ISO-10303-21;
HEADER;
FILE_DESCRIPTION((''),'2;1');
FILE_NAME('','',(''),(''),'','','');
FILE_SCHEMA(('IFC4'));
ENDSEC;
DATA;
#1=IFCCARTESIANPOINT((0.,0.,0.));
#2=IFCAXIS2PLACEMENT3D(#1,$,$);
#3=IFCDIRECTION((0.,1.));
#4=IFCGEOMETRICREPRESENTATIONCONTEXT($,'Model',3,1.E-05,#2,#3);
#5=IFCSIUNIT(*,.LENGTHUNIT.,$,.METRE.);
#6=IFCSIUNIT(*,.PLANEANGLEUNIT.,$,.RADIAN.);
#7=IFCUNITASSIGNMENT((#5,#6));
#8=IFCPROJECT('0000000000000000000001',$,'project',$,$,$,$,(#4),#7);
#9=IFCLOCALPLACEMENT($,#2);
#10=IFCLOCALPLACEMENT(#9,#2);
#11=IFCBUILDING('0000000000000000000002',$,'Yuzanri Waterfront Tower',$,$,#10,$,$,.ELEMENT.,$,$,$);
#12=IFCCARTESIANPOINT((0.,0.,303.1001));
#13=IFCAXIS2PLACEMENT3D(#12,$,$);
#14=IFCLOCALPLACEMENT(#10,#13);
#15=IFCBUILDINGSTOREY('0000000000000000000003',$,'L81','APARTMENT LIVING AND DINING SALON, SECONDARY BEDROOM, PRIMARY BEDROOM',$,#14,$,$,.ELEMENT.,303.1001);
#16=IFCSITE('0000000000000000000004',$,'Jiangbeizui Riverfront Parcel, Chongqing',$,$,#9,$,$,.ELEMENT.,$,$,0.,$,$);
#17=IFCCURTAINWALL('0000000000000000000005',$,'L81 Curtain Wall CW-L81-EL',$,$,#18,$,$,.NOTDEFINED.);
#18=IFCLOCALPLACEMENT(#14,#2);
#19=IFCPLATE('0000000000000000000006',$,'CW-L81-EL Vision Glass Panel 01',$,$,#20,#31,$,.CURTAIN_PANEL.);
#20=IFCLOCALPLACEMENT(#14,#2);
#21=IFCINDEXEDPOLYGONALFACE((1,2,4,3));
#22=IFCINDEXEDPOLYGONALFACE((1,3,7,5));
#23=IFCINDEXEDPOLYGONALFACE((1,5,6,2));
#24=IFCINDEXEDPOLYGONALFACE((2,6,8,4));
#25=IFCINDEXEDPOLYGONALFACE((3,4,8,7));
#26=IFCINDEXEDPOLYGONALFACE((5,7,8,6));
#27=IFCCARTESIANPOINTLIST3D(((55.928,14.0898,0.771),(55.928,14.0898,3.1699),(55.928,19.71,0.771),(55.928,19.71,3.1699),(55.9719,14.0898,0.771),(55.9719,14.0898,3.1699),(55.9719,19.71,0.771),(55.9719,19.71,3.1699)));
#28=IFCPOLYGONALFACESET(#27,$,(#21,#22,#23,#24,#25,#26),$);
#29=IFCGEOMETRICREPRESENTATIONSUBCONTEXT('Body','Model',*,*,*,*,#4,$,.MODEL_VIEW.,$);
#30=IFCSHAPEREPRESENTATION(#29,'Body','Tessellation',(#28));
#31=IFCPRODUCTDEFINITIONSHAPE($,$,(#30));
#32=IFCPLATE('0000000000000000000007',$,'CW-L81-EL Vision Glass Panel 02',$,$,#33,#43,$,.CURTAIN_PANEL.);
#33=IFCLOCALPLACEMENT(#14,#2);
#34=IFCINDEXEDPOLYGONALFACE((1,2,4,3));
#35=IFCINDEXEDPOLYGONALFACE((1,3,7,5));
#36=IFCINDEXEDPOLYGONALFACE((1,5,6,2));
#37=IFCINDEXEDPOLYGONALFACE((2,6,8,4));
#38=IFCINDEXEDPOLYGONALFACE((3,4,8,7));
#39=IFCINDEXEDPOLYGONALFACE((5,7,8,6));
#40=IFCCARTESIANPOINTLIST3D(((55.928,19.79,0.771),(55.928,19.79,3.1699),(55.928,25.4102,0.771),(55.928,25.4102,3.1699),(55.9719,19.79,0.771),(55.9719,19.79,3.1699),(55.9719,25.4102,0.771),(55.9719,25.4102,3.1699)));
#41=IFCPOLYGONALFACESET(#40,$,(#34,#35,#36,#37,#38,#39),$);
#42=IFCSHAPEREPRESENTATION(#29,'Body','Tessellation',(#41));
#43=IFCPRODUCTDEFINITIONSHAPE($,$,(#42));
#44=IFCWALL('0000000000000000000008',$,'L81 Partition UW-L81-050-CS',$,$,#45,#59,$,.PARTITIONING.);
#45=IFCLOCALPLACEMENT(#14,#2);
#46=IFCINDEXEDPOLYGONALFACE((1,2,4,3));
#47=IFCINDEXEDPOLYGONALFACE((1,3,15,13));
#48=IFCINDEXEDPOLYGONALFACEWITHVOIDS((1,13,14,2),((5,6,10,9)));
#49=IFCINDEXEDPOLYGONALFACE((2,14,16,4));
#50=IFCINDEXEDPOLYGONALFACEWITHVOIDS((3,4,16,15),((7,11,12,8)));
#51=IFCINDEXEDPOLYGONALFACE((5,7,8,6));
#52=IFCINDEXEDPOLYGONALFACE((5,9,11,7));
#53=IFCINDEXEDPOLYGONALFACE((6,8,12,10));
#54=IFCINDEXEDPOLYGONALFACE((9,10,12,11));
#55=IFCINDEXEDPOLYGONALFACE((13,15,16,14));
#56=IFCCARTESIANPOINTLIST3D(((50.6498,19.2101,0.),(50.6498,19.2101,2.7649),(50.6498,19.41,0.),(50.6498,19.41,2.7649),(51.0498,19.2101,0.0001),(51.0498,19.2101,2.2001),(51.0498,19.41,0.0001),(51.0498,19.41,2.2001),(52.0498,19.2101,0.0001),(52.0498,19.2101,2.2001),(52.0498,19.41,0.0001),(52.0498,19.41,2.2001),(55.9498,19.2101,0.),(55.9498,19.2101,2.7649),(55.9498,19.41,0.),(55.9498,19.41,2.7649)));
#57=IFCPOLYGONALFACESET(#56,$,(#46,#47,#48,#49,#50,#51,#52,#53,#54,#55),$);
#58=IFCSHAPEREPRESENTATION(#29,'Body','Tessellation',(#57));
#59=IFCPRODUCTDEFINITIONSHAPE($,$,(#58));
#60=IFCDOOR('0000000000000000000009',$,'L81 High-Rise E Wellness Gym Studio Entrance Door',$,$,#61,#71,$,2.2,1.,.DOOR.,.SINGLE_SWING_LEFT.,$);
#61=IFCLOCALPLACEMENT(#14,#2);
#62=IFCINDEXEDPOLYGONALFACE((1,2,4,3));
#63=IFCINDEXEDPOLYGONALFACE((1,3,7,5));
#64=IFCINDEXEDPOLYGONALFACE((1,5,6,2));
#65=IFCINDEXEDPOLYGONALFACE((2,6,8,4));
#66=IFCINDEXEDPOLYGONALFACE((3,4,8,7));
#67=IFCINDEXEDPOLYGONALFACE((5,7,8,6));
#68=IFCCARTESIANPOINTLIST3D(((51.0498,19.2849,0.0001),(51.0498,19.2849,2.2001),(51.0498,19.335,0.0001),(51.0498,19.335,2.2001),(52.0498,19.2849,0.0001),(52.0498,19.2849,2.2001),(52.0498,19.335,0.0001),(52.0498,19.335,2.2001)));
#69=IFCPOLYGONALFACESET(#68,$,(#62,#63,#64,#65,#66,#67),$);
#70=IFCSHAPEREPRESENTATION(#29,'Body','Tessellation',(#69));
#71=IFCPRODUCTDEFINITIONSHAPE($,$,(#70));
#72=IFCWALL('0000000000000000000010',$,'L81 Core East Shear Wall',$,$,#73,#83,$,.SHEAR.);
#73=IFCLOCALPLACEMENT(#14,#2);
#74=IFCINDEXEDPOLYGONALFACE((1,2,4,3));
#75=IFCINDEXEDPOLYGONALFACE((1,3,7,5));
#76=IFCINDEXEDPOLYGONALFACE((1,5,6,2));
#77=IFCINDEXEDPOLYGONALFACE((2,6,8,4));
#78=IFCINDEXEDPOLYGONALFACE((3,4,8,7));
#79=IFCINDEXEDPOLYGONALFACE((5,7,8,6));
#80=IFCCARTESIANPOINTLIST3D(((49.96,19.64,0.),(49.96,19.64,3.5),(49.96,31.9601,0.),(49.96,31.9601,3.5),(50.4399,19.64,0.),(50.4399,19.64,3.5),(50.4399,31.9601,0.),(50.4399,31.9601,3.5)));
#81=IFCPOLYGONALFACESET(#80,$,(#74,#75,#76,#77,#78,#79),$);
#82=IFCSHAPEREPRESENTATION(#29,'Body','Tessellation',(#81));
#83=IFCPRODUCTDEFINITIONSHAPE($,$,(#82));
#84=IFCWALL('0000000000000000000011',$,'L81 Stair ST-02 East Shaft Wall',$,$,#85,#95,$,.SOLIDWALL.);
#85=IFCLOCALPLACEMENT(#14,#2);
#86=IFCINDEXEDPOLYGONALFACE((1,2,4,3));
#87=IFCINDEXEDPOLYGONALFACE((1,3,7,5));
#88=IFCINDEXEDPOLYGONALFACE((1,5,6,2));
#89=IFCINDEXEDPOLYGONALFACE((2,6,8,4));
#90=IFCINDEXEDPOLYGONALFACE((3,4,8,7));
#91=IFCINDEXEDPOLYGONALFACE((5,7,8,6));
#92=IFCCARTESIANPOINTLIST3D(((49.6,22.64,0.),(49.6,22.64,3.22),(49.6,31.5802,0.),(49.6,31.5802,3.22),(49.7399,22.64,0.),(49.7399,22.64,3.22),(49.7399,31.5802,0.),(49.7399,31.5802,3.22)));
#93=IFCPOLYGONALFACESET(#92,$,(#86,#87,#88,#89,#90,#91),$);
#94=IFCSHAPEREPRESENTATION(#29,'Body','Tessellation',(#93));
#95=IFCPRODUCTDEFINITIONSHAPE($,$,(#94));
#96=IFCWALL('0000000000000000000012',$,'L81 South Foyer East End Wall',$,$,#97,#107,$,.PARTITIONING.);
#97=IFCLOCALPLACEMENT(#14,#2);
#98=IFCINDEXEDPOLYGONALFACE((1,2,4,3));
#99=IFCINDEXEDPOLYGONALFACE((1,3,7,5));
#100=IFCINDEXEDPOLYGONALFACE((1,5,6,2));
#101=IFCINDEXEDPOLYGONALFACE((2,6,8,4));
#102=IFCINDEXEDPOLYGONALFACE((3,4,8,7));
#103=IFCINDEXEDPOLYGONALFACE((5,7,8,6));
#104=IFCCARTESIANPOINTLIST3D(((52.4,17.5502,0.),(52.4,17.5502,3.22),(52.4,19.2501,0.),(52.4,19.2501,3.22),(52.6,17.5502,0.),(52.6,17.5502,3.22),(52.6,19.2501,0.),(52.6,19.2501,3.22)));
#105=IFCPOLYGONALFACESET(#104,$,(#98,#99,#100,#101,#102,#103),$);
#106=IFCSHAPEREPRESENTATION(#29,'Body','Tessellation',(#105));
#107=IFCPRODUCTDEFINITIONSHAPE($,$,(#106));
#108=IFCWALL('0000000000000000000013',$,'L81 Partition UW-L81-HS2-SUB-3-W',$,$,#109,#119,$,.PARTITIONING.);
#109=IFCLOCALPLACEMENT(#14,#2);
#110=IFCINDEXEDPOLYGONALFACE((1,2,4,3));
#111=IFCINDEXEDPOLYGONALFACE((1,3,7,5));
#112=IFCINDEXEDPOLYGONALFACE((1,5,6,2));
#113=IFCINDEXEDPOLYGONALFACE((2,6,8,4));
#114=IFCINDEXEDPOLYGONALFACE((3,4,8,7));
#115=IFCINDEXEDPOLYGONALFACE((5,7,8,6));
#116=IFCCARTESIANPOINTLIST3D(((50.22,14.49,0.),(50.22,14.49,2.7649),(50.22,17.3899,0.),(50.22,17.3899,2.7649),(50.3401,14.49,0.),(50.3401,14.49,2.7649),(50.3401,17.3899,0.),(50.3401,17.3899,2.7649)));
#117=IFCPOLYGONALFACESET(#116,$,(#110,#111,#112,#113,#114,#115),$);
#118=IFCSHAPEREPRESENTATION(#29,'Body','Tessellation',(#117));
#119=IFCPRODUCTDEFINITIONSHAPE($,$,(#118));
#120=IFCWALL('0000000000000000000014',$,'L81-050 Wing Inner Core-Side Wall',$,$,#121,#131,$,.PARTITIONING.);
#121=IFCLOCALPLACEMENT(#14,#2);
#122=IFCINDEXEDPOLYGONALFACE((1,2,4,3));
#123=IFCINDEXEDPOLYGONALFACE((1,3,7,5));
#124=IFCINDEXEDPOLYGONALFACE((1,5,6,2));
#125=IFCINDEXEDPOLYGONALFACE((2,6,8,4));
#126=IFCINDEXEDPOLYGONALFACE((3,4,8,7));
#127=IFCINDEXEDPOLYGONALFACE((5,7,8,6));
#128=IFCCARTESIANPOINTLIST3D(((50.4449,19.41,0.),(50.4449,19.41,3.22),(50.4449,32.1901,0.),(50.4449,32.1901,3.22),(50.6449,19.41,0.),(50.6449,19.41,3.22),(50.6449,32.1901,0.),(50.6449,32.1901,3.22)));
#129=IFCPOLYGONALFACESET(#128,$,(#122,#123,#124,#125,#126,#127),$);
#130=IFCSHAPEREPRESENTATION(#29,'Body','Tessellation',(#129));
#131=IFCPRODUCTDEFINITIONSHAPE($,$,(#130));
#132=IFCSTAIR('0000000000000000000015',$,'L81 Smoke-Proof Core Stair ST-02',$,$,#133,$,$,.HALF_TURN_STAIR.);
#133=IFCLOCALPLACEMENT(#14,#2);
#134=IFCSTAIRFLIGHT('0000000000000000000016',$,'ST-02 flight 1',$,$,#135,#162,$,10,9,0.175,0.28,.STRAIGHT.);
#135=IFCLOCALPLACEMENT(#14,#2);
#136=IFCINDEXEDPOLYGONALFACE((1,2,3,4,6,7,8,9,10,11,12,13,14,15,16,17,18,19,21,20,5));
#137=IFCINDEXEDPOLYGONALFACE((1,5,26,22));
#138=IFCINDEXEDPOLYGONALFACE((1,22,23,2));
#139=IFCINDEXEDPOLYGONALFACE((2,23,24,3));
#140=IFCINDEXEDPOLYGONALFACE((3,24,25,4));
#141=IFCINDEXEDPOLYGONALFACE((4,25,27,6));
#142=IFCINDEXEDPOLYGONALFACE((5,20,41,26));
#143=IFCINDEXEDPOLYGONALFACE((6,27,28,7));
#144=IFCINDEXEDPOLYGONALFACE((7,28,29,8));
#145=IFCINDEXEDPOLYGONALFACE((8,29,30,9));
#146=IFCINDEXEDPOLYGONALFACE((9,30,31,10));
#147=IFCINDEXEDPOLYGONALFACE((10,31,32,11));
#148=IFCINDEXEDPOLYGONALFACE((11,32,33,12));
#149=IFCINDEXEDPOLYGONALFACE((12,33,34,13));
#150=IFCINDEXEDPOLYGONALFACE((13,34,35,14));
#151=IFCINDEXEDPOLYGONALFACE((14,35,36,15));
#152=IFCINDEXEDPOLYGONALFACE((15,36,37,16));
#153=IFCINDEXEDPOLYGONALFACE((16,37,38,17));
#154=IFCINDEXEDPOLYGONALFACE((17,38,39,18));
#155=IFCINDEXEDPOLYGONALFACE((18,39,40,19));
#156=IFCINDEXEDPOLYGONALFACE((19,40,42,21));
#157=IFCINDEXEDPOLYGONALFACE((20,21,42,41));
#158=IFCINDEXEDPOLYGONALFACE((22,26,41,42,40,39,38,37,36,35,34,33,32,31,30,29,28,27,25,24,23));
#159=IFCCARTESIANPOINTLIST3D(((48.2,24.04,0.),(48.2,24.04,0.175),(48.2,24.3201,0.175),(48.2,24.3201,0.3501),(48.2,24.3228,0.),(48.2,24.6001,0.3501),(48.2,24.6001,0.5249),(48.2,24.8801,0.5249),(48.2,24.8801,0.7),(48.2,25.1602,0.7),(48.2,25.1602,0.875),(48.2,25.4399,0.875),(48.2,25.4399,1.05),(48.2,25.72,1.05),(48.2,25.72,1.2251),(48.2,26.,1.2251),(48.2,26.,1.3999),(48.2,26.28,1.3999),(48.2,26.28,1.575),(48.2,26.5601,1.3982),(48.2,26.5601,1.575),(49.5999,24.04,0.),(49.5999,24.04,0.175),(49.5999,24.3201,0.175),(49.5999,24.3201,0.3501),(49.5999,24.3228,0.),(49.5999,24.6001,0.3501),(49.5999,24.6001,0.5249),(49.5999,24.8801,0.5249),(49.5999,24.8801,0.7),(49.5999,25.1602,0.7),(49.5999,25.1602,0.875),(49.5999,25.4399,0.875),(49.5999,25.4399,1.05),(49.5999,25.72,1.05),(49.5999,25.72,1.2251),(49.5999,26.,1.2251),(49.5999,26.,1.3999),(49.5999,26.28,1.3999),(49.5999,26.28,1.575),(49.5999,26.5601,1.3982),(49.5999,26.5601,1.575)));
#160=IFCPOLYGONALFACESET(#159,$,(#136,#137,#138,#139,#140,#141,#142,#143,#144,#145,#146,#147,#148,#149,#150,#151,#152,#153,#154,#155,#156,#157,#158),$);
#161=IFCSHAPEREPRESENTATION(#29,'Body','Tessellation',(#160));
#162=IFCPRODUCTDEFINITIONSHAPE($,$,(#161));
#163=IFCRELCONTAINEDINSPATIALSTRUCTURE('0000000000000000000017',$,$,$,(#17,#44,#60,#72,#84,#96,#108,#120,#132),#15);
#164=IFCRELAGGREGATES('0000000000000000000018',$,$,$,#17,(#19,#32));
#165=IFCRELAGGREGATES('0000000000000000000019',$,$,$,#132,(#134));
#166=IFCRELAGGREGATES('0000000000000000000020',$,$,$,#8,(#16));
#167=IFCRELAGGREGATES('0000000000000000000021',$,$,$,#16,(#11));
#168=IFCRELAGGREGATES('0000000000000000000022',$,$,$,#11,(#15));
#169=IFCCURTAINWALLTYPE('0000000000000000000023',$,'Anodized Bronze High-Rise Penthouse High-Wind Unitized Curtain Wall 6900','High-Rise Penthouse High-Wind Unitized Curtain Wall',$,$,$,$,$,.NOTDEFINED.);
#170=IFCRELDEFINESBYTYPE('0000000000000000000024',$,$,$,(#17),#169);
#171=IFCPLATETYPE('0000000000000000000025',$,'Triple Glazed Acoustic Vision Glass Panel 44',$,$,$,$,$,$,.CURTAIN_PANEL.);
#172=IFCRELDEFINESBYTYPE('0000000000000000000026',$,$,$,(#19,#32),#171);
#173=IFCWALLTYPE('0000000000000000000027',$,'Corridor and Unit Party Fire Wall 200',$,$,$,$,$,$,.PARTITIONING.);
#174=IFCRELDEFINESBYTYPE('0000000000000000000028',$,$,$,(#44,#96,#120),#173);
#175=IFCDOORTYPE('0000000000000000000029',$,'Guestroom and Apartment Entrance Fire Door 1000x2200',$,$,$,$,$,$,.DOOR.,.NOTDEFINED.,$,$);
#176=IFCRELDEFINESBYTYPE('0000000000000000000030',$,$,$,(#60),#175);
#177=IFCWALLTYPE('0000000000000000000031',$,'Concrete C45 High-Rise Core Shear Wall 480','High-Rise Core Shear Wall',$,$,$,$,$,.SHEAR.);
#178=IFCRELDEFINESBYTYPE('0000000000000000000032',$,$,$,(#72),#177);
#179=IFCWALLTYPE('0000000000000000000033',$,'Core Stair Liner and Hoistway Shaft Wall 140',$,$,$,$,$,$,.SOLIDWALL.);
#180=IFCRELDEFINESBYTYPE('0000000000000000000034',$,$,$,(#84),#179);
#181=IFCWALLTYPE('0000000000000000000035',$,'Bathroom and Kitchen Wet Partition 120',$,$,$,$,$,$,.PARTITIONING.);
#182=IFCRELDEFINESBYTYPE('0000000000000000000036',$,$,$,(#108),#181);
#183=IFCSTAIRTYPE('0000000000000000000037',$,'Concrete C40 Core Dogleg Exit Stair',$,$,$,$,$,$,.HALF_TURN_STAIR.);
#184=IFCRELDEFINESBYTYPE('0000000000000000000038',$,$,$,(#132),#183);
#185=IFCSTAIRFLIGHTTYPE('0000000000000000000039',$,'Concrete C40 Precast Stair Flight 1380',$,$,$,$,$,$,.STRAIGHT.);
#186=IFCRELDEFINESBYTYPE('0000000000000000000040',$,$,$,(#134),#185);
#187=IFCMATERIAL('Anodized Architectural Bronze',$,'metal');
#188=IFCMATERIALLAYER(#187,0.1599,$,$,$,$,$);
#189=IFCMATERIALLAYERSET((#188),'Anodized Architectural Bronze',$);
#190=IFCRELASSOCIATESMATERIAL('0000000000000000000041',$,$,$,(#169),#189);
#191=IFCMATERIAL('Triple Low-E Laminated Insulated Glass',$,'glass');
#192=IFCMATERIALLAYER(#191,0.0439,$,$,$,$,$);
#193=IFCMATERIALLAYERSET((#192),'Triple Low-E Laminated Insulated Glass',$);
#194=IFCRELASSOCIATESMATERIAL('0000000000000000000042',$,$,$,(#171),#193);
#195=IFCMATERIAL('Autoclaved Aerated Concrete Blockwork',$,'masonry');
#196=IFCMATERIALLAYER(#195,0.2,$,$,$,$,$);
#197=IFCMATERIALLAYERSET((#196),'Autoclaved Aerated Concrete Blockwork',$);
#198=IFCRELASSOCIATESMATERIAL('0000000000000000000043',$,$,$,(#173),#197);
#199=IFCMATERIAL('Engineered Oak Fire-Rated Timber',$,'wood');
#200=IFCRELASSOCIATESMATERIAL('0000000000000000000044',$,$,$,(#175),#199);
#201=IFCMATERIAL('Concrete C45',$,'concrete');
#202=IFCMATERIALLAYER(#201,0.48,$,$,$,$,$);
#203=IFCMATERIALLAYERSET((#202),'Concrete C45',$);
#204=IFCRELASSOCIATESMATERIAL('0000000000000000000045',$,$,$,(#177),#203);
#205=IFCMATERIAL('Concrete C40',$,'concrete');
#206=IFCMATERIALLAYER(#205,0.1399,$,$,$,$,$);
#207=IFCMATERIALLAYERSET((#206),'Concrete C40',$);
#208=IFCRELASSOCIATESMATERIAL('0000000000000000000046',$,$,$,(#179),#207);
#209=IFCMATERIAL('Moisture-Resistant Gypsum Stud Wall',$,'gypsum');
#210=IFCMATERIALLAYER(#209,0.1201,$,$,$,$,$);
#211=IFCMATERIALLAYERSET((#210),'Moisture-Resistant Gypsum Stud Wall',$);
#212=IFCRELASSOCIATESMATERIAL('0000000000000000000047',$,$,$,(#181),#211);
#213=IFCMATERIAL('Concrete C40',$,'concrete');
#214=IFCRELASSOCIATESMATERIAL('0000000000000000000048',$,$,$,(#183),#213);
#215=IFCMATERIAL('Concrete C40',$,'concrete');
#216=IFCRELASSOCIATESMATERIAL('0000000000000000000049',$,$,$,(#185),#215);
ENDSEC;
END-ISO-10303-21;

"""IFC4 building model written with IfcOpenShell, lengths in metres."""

from ifc_helpers import new_model, si_unit, direction, frame, frame_2d, origin, origin_2d, place, context, subcontext, project, spatial, polyline, rectangle, outline, extrude, source, transform, mapped, material, layer, layer_set, type_object, element, fill, aggregate, save


model = new_model("IFC4")

# Units and contexts
model_context = context("Model", 3, precision=1e-05, world=origin(), true_north=direction((0.0, 1.0)))
body_context = subcontext(model_context, "Body", "Model", "MODEL_VIEW")
ifc_project = project(units=[si_unit("LENGTHUNIT", "METRE"), si_unit("PLANEANGLEUNIT", "RADIAN")], contexts=[model_context])

# Site, building, storey
site_placement = place(None, origin())
site = spatial("IfcSite", under=ifc_project, at=site_placement, Name="Jiangbeizui Riverfront Parcel, Chongqing", CompositionType="ELEMENT", RefElevation=0.0)
building_placement = place(site_placement, origin())
building = spatial("IfcBuilding", under=site, at=building_placement, Name="Yuzanri Waterfront Tower", CompositionType="ELEMENT")
storey_placement = place(building_placement, frame((0.0, 0.0, 303.1001)))
storey = spatial("IfcBuildingStorey", under=building, at=storey_placement, Name="L81", Description="APARTMENT LIVING AND DINING SALON, SECONDARY BEDROOM, PRIMARY BEDROOM", CompositionType="ELEMENT", Elevation=303.1001)

# Curtain wall, plates
ifc_material_1 = material(Name="Anodized Architectural Bronze", Category="metal")
ifc_layer_1 = layer(ifc_material_1, 0.1599)
ifc_layer_set_1 = layer_set([ifc_layer_1], Name="Anodized Architectural Bronze")
curtain_wall_type = type_object("IfcCurtainWallType", Name="Anodized Bronze High-Rise Penthouse High-Wind Unitized Curtain Wall 6900", Description="High-Rise Penthouse High-Wind Unitized Curtain Wall", PredefinedType="NOTDEFINED", material=ifc_layer_set_1)
curtain_wall_placement = place(storey_placement, origin())
curtain_wall = element("IfcCurtainWall", 1, at=curtain_wall_placement, inside=storey, type_object=curtain_wall_type, Name="L81 Curtain Wall CW-L81-EL", PredefinedType="NOTDEFINED")
ifc_material_2 = material(Name="Triple Low-E Laminated Insulated Glass", Category="glass")
ifc_layer_2 = layer(ifc_material_2, 0.0439)
ifc_layer_set_2 = layer_set([ifc_layer_2], Name="Triple Low-E Laminated Insulated Glass")
plate_type_1 = type_object("IfcPlateType", Name="Triple Glazed Acoustic Vision Glass Panel 44", PredefinedType="CURTAIN_PANEL", material=ifc_layer_set_2)
shared_shape_1 = source(origin(), body_context, "Body", "SweptSolid", [
    extrude(rectangle(XDim=5.6201, YDim=0.0439, at=origin_2d()), origin(), (0.0, 0.0, 1.0), 2.3989),
])
plate_1_placement = place(storey_placement, frame((55.95, 16.8999, 0.771), z_axis=(0.0, 0.0, 1.0), x_axis=(0.0, 1.0, 0.0)))
plate_1 = element("IfcPlate", 2, at=plate_1_placement, type_object=plate_type_1, Name="CW-L81-EL Vision Glass Panel 01", PredefinedType="CURTAIN_PANEL", context=body_context, shape_type="MappedRepresentation", body=[
    mapped(shared_shape_1, transform((0.0, 0.0, 0.0), scale=1.0)),
])
plate_2_placement = place(storey_placement, frame((55.95, 22.6001, 0.771), z_axis=(0.0, 0.0, 1.0), x_axis=(0.0, 1.0, 0.0)))
plate_2 = element("IfcPlate", 3, at=plate_2_placement, type_object=plate_type_1, Name="CW-L81-EL Vision Glass Panel 02", PredefinedType="CURTAIN_PANEL", context=body_context, shape_type="MappedRepresentation", body=[
    mapped(shared_shape_1, transform((0.0, 0.0, 0.0), scale=1.0)),
])
aggregate(curtain_wall, [plate_1, plate_2])

# Wall, opening, door
ifc_material_3 = material(Name="Autoclaved Aerated Concrete Blockwork", Category="masonry")
ifc_layer_3 = layer(ifc_material_3, 0.2)
ifc_layer_set_3 = layer_set([ifc_layer_3], Name="Autoclaved Aerated Concrete Blockwork")
wall_type_1 = type_object("IfcWallType", Name="Corridor and Unit Party Fire Wall 200", PredefinedType="PARTITIONING", material=ifc_layer_set_3)
wall_1_placement = place(storey_placement, frame((50.6499, 19.3101, 0.0), z_axis=(0.0, 0.0, 1.0), x_axis=(1.0, 0.0, 0.0)))
wall_1 = element("IfcWall", 4, at=wall_1_placement, inside=storey, type_object=wall_type_1, Name="L81 Partition UW-L81-050-CS", PredefinedType="PARTITIONING", context=body_context, shape_type="SweptSolid", body=[
    extrude(rectangle(XDim=5.3, YDim=0.2, at=frame_2d((2.6499, 0.0))), origin(), (0.0, 0.0, 1.0), 2.7649),
])
opening_placement = place(wall_1_placement, frame((0.3999, 0.0, 0.0)))
opening = element("IfcOpeningElement", 5, at=opening_placement, cuts=wall_1, PredefinedType="OPENING", context=body_context, shape_type="SweptSolid", body=[
    extrude(rectangle(XDim=1.0, YDim=2.2, at=frame_2d((0.5, 1.1001))), frame((0.0, 0.1147, 0.0), z_axis=(0.0, -1.0, 0.0), x_axis=(1.0, 0.0, 0.0)), (0.0, 0.0, 1.0), 0.2297),
])
ifc_material_4 = material(Name="Engineered Oak Fire-Rated Timber", Category="wood")
door_type = type_object("IfcDoorType", Name="Guestroom and Apartment Entrance Fire Door 1000x2200", OperationType="NOTDEFINED", PredefinedType="DOOR", material=ifc_material_4)
shared_shape_2 = source(origin(), body_context, "Body", "SweptSolid", [
    extrude(rectangle(XDim=1.0, YDim=2.2, at=frame_2d((0.5, 1.1001))), frame((0.0, 0.0249, 0.0), z_axis=(0.0, -1.0, 0.0), x_axis=(1.0, 0.0, 0.0)), (0.0, 0.0, 1.0), 0.05),
])
door_placement = place(opening_placement, origin())
door = element("IfcDoor", 6, at=door_placement, inside=storey, type_object=door_type, Name="L81 High-Rise E Wellness Gym Studio Entrance Door", OperationType="SINGLE_SWING_LEFT", OverallHeight=2.2, OverallWidth=1.0, PredefinedType="DOOR", context=body_context, shape_type="MappedRepresentation", body=[
    mapped(shared_shape_2, transform((0.0, 0.0, 0.0), scale=1.0)),
])
fill(opening, door)

# Walls
ifc_material_5 = material(Name="Concrete C45", Category="concrete")
ifc_layer_4 = layer(ifc_material_5, 0.48)
ifc_layer_set_4 = layer_set([ifc_layer_4], Name="Concrete C45")
wall_type_2 = type_object("IfcWallType", Name="Concrete C45 High-Rise Core Shear Wall 480", Description="High-Rise Core Shear Wall", PredefinedType="SHEAR", material=ifc_layer_set_4)
shared_shape_3 = source(origin(), body_context, "Body", "SweptSolid", [
    extrude(rectangle(XDim=12.3201, YDim=0.48, at=frame_2d((6.1602, 0.0))), origin(), (0.0, 0.0, 1.0), 3.5),
])
wall_2_placement = place(storey_placement, frame((50.2, 19.6399, 0.0), z_axis=(0.0, 0.0, 1.0), x_axis=(0.0, 1.0, 0.0)))
element("IfcWall", 7, at=wall_2_placement, inside=storey, type_object=wall_type_2, Name="L81 Core East Shear Wall", PredefinedType="SHEAR", context=body_context, shape_type="MappedRepresentation", body=[
    mapped(shared_shape_3, transform((0.0, 0.0, 0.0), scale=1.0)),
])
ifc_material_6 = material(Name="Concrete C40", Category="concrete")
ifc_layer_5 = layer(ifc_material_6, 0.1399)
ifc_layer_set_5 = layer_set([ifc_layer_5], Name="Concrete C40")
wall_type_3 = type_object("IfcWallType", Name="Core Stair Liner and Hoistway Shaft Wall 140", PredefinedType="SOLIDWALL", material=ifc_layer_set_5)
shared_shape_4 = source(origin(), body_context, "Body", "SweptSolid", [
    extrude(rectangle(XDim=8.9402, YDim=0.1399, at=frame_2d((4.4702, 0.0))), origin(), (0.0, 0.0, 1.0), 3.22),
])
wall_3_placement = place(storey_placement, frame((49.6699, 22.6399, 0.0), z_axis=(0.0, 0.0, 1.0), x_axis=(0.0, 1.0, 0.0)))
element("IfcWall", 8, at=wall_3_placement, inside=storey, type_object=wall_type_3, Name="L81 Stair ST-02 East Shaft Wall", PredefinedType="SOLIDWALL", context=body_context, shape_type="MappedRepresentation", body=[
    mapped(shared_shape_4, transform((0.0, 0.0, 0.0), scale=1.0)),
])
shared_shape_5 = source(origin(), body_context, "Body", "SweptSolid", [
    extrude(rectangle(XDim=1.7, YDim=0.2, at=frame_2d((0.8501, 0.0))), origin(), (0.0, 0.0, 1.0), 3.22),
])
wall_4_placement = place(storey_placement, frame((52.5, 17.55, 0.0), z_axis=(0.0, 0.0, 1.0), x_axis=(0.0, 1.0, 0.0)))
element("IfcWall", 9, at=wall_4_placement, inside=storey, type_object=wall_type_1, Name="L81 South Foyer East End Wall", PredefinedType="PARTITIONING", context=body_context, shape_type="MappedRepresentation", body=[
    mapped(shared_shape_5, transform((0.0, 0.0, 0.0), scale=1.0)),
])
ifc_material_7 = material(Name="Moisture-Resistant Gypsum Stud Wall", Category="gypsum")
ifc_layer_6 = layer(ifc_material_7, 0.1201)
ifc_layer_set_6 = layer_set([ifc_layer_6], Name="Moisture-Resistant Gypsum Stud Wall")
wall_type_4 = type_object("IfcWallType", Name="Bathroom and Kitchen Wet Partition 120", PredefinedType="PARTITIONING", material=ifc_layer_set_6)
shared_shape_6 = source(origin(), body_context, "Body", "SweptSolid", [
    extrude(rectangle(XDim=2.8999, YDim=0.1201, at=frame_2d((1.45, 0.0))), origin(), (0.0, 0.0, 1.0), 2.7649),
])
wall_5_placement = place(storey_placement, frame((50.28, 14.49, 0.0), z_axis=(0.0, 0.0, 1.0), x_axis=(0.0, 1.0, 0.0)))
element("IfcWall", 10, at=wall_5_placement, inside=storey, type_object=wall_type_4, Name="L81 Partition UW-L81-HS2-SUB-3-W", PredefinedType="PARTITIONING", context=body_context, shape_type="MappedRepresentation", body=[
    mapped(shared_shape_6, transform((0.0, 0.0, 0.0), scale=1.0)),
])
shared_shape_7 = source(origin(), body_context, "Body", "SweptSolid", [
    extrude(rectangle(XDim=12.78, YDim=0.2, at=frame_2d((6.3901, 0.0))), origin(), (0.0, 0.0, 1.0), 3.22),
])
wall_6_placement = place(storey_placement, frame((50.5449, 19.4099, 0.0), z_axis=(0.0, 0.0, 1.0), x_axis=(0.0, 1.0, 0.0)))
element("IfcWall", 11, at=wall_6_placement, inside=storey, type_object=wall_type_1, Name="L81-050 Wing Inner Core-Side Wall", PredefinedType="PARTITIONING", context=body_context, shape_type="MappedRepresentation", body=[
    mapped(shared_shape_7, transform((0.0, 0.0, 0.0), scale=1.0)),
])

# Stair, stair flight
ifc_material_8 = material(Name="Concrete C40", Category="concrete")
stair_type = type_object("IfcStairType", Name="Concrete C40 Core Dogleg Exit Stair", PredefinedType="HALF_TURN_STAIR", material=ifc_material_8)
stair_placement = place(storey_placement, origin())
stair = element("IfcStair", 12, at=stair_placement, inside=storey, type_object=stair_type, Name="L81 Smoke-Proof Core Stair ST-02", PredefinedType="HALF_TURN_STAIR")
ifc_material_9 = material(Name="Concrete C40", Category="concrete")
stair_flight_type = type_object("IfcStairFlightType", Name="Concrete C40 Precast Stair Flight 1380", PredefinedType="STRAIGHT", material=ifc_material_9)
shared_shape_8 = source(origin(), body_context, "Body", "SweptSolid", [
    extrude(outline(polyline([(0.0, 0.0), (0.0, 0.175), (0.28, 0.175), (0.28, 0.3501), (0.5601, 0.3501), (0.5601, 0.5249), (0.8401, 0.5249), (0.8401, 0.7), (1.1201, 0.7), (1.1201, 0.875), (1.3999, 0.875), (1.3999, 1.05), (1.6799, 1.05), (1.6799, 1.2251), (1.96, 1.2251), (1.96, 1.3999), (2.24, 1.3999), (2.24, 1.575), (2.52, 1.575), (2.52, 1.75), (2.52, 1.3982), (0.2827, 0.0), (0.0, 0.0)])), frame((0.0, 0.7, 0.0), z_axis=(0.0, -1.0, 0.0), x_axis=(1.0, 0.0, 0.0)), (0.0, 0.0, 1.0), 1.3999),
])
stair_flight_placement = place(storey_placement, frame((48.8999, 24.04, 0.0), z_axis=(0.0, 0.0, 1.0), x_axis=(0.0, 1.0, 0.0)))
stair_flight = element("IfcStairFlight", 13, at=stair_flight_placement, type_object=stair_flight_type, Name="ST-02 flight 1", NumberOfRisers=10, NumberOfTreads=9, PredefinedType="STRAIGHT", RiserHeight=0.175, TreadLength=0.28, context=body_context, shape_type="MappedRepresentation", body=[
    mapped(shared_shape_8, transform((0.0, 0.0, 0.0), scale=1.0)),
])
aggregate(stair, [stair_flight])

save(model, "model.ifc")
